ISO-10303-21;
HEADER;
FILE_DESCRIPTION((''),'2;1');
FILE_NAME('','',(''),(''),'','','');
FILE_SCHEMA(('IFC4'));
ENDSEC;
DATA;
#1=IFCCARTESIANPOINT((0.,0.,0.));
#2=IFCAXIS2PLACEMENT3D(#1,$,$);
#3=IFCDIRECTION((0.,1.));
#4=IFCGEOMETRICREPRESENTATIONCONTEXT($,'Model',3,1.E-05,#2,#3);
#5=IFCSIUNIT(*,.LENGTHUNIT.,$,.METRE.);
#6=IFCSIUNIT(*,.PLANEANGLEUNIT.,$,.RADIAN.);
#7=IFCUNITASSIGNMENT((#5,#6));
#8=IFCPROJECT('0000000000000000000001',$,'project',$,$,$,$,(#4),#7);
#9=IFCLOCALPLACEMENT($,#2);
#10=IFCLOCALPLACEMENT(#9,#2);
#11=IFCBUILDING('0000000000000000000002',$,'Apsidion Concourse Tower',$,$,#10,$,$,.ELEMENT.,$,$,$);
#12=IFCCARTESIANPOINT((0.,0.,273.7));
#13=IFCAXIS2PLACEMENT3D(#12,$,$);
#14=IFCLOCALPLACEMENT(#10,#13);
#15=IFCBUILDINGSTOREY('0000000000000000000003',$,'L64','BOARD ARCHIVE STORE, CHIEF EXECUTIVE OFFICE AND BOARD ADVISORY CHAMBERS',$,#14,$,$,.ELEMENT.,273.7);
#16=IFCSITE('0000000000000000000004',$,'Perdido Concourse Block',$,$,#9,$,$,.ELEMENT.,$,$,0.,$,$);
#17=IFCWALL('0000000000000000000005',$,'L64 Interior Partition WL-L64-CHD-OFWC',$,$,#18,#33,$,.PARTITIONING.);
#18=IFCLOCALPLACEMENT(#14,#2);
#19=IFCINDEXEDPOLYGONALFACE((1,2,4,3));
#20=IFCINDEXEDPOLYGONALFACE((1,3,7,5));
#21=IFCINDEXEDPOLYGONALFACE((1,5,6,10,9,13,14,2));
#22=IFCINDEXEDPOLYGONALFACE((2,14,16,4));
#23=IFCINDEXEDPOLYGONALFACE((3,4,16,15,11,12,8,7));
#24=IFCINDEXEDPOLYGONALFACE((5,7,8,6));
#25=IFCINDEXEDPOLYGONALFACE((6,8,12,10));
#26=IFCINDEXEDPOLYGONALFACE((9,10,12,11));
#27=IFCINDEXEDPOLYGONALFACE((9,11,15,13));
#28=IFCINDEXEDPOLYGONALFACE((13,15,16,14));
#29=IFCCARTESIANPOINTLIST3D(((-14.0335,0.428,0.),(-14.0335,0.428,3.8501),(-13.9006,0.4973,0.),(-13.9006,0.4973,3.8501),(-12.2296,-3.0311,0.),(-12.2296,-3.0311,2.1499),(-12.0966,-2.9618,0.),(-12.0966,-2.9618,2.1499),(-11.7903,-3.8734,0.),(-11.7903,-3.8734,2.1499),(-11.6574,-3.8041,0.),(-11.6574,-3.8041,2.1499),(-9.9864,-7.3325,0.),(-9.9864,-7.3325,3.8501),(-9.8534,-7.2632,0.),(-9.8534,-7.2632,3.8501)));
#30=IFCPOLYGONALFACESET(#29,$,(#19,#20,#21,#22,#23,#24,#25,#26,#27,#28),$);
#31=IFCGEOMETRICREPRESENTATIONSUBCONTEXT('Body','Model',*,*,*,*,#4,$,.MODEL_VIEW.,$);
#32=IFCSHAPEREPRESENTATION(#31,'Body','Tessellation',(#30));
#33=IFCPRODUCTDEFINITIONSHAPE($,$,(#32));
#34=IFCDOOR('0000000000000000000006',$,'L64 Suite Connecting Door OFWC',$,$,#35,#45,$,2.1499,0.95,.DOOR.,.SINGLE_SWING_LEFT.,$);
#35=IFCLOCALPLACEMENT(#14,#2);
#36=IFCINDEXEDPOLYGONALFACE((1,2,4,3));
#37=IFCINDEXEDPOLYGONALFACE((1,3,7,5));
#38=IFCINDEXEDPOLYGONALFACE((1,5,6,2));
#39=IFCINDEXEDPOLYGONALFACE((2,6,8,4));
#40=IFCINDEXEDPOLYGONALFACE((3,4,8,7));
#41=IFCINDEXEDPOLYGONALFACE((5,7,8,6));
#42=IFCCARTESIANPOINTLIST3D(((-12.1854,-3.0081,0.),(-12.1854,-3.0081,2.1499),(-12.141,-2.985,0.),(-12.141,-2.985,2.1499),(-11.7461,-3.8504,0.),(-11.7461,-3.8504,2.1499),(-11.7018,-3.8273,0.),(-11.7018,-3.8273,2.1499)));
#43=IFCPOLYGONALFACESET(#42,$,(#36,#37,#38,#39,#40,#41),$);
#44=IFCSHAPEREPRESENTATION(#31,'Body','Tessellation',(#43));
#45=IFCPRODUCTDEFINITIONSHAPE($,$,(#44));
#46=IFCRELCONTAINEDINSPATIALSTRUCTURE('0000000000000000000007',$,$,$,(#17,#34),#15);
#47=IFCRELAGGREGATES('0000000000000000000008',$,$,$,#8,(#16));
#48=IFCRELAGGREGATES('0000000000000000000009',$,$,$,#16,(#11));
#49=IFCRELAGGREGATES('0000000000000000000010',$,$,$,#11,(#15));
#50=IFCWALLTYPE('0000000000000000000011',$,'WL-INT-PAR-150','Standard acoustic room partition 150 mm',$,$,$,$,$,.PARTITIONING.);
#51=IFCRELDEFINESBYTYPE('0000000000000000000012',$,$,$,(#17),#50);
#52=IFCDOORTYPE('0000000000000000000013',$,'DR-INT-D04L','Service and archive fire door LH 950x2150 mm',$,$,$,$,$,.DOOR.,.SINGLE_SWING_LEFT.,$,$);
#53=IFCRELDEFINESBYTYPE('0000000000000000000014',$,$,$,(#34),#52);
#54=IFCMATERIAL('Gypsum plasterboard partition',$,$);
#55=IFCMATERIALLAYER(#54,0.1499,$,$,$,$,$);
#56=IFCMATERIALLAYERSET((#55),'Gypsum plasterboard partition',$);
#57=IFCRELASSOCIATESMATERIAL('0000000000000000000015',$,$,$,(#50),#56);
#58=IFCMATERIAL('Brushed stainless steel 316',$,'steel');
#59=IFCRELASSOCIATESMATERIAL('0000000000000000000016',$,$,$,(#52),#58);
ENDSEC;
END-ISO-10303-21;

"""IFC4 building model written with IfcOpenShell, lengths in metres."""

from ifc_helpers import new_model, si_unit, direction, frame, frame_2d, origin, place, context, subcontext, project, spatial, rectangle, extrude, material, layer, layer_set, type_object, element, fill, save


model = new_model("IFC4")

# Units and contexts
model_context = context("Model", 3, precision=1e-05, world=origin(), true_north=direction((0.0, 1.0)))
body_context = subcontext(model_context, "Body", "Model", "MODEL_VIEW")
ifc_project = project(units=[si_unit("LENGTHUNIT", "METRE"), si_unit("PLANEANGLEUNIT", "RADIAN")], contexts=[model_context])

# Site, building, storey
site_placement = place(None, origin())
site = spatial("IfcSite", under=ifc_project, at=site_placement, Name="Perdido Concourse Block", CompositionType="ELEMENT", RefElevation=0.0)
building_placement = place(site_placement, origin())
building = spatial("IfcBuilding", under=site, at=building_placement, Name="Apsidion Concourse Tower", CompositionType="ELEMENT")
storey_placement = place(building_placement, frame((0.0, 0.0, 273.7)))
storey = spatial("IfcBuildingStorey", under=building, at=storey_placement, Name="L64", Description="BOARD ARCHIVE STORE, CHIEF EXECUTIVE OFFICE AND BOARD ADVISORY CHAMBERS", CompositionType="ELEMENT", Elevation=273.7)

# Shared definitions
ifc_material_1 = material(Name="Gypsum plasterboard partition")
ifc_layer_1 = layer(ifc_material_1, 0.1499)
ifc_layer_set_1 = layer_set([ifc_layer_1], Name="Gypsum plasterboard partition")
wall_type_1 = type_object("IfcWallType", Name="WL-INT-PAR-150", Description="Standard acoustic room partition 150 mm", PredefinedType="PARTITIONING", material=ifc_layer_set_1)

# Wall, opening, door
wall_1_placement = place(storey_placement, frame((-13.967, 0.4626, 0.0), z_axis=(0.0, 0.0, 1.0), x_axis=(0.462401, -0.886671, 0.0)))
wall_1 = element("IfcWall", 1, at=wall_1_placement, inside=storey, type_object=wall_type_1, Name="L64 Interior Partition WL-L64-CHD-OFWC", PredefinedType="PARTITIONING", context=body_context, shape_type="SweptSolid", body=[
    extrude(rectangle(XDim=8.7524, YDim=0.1499, at=frame_2d((4.3762, 0.0))), origin(), (0.0, 0.0, 1.0), 3.8501),
])
opening_1_placement = place(wall_1_placement, frame((3.9011, 0.0, 0.0)))
opening_1 = element("IfcOpeningElement", 2, at=opening_1_placement, cuts=wall_1, PredefinedType="OPENING", context=body_context, shape_type="SweptSolid", body=[
    extrude(rectangle(XDim=0.95, YDim=2.1499, at=frame_2d((0.4751, 1.075))), frame((0.0, 0.085, 0.0), z_axis=(0.0, -1.0, 0.0), x_axis=(1.0, 0.0, 0.0)), (0.0, 0.0, 1.0), 0.1699),
])
ifc_material_2 = material(Name="Brushed stainless steel 316", Category="steel")
door_type_1 = type_object("IfcDoorType", Name="DR-INT-D04L", Description="Service and archive fire door LH 950x2150 mm", OperationType="SINGLE_SWING_LEFT", PredefinedType="DOOR", material=ifc_material_2)
door_1_placement = place(opening_1_placement, origin())
door_1 = element("IfcDoor", 3, at=door_1_placement, inside=storey, type_object=door_type_1, Name="L64 Suite Connecting Door OFWC", OperationType="SINGLE_SWING_LEFT", OverallHeight=2.1499, OverallWidth=0.95, PredefinedType="DOOR", context=body_context, shape_type="SweptSolid", body=[
    extrude(rectangle(XDim=0.95, YDim=2.1499, at=frame_2d((0.4751, 1.075))), frame((0.0, 0.0249, 0.0), z_axis=(0.0, -1.0, 0.0), x_axis=(1.0, 0.0, 0.0)), (0.0, 0.0, 1.0), 0.05),
])
fill(opening_1, door_1)

save(model, "model.ifc")
